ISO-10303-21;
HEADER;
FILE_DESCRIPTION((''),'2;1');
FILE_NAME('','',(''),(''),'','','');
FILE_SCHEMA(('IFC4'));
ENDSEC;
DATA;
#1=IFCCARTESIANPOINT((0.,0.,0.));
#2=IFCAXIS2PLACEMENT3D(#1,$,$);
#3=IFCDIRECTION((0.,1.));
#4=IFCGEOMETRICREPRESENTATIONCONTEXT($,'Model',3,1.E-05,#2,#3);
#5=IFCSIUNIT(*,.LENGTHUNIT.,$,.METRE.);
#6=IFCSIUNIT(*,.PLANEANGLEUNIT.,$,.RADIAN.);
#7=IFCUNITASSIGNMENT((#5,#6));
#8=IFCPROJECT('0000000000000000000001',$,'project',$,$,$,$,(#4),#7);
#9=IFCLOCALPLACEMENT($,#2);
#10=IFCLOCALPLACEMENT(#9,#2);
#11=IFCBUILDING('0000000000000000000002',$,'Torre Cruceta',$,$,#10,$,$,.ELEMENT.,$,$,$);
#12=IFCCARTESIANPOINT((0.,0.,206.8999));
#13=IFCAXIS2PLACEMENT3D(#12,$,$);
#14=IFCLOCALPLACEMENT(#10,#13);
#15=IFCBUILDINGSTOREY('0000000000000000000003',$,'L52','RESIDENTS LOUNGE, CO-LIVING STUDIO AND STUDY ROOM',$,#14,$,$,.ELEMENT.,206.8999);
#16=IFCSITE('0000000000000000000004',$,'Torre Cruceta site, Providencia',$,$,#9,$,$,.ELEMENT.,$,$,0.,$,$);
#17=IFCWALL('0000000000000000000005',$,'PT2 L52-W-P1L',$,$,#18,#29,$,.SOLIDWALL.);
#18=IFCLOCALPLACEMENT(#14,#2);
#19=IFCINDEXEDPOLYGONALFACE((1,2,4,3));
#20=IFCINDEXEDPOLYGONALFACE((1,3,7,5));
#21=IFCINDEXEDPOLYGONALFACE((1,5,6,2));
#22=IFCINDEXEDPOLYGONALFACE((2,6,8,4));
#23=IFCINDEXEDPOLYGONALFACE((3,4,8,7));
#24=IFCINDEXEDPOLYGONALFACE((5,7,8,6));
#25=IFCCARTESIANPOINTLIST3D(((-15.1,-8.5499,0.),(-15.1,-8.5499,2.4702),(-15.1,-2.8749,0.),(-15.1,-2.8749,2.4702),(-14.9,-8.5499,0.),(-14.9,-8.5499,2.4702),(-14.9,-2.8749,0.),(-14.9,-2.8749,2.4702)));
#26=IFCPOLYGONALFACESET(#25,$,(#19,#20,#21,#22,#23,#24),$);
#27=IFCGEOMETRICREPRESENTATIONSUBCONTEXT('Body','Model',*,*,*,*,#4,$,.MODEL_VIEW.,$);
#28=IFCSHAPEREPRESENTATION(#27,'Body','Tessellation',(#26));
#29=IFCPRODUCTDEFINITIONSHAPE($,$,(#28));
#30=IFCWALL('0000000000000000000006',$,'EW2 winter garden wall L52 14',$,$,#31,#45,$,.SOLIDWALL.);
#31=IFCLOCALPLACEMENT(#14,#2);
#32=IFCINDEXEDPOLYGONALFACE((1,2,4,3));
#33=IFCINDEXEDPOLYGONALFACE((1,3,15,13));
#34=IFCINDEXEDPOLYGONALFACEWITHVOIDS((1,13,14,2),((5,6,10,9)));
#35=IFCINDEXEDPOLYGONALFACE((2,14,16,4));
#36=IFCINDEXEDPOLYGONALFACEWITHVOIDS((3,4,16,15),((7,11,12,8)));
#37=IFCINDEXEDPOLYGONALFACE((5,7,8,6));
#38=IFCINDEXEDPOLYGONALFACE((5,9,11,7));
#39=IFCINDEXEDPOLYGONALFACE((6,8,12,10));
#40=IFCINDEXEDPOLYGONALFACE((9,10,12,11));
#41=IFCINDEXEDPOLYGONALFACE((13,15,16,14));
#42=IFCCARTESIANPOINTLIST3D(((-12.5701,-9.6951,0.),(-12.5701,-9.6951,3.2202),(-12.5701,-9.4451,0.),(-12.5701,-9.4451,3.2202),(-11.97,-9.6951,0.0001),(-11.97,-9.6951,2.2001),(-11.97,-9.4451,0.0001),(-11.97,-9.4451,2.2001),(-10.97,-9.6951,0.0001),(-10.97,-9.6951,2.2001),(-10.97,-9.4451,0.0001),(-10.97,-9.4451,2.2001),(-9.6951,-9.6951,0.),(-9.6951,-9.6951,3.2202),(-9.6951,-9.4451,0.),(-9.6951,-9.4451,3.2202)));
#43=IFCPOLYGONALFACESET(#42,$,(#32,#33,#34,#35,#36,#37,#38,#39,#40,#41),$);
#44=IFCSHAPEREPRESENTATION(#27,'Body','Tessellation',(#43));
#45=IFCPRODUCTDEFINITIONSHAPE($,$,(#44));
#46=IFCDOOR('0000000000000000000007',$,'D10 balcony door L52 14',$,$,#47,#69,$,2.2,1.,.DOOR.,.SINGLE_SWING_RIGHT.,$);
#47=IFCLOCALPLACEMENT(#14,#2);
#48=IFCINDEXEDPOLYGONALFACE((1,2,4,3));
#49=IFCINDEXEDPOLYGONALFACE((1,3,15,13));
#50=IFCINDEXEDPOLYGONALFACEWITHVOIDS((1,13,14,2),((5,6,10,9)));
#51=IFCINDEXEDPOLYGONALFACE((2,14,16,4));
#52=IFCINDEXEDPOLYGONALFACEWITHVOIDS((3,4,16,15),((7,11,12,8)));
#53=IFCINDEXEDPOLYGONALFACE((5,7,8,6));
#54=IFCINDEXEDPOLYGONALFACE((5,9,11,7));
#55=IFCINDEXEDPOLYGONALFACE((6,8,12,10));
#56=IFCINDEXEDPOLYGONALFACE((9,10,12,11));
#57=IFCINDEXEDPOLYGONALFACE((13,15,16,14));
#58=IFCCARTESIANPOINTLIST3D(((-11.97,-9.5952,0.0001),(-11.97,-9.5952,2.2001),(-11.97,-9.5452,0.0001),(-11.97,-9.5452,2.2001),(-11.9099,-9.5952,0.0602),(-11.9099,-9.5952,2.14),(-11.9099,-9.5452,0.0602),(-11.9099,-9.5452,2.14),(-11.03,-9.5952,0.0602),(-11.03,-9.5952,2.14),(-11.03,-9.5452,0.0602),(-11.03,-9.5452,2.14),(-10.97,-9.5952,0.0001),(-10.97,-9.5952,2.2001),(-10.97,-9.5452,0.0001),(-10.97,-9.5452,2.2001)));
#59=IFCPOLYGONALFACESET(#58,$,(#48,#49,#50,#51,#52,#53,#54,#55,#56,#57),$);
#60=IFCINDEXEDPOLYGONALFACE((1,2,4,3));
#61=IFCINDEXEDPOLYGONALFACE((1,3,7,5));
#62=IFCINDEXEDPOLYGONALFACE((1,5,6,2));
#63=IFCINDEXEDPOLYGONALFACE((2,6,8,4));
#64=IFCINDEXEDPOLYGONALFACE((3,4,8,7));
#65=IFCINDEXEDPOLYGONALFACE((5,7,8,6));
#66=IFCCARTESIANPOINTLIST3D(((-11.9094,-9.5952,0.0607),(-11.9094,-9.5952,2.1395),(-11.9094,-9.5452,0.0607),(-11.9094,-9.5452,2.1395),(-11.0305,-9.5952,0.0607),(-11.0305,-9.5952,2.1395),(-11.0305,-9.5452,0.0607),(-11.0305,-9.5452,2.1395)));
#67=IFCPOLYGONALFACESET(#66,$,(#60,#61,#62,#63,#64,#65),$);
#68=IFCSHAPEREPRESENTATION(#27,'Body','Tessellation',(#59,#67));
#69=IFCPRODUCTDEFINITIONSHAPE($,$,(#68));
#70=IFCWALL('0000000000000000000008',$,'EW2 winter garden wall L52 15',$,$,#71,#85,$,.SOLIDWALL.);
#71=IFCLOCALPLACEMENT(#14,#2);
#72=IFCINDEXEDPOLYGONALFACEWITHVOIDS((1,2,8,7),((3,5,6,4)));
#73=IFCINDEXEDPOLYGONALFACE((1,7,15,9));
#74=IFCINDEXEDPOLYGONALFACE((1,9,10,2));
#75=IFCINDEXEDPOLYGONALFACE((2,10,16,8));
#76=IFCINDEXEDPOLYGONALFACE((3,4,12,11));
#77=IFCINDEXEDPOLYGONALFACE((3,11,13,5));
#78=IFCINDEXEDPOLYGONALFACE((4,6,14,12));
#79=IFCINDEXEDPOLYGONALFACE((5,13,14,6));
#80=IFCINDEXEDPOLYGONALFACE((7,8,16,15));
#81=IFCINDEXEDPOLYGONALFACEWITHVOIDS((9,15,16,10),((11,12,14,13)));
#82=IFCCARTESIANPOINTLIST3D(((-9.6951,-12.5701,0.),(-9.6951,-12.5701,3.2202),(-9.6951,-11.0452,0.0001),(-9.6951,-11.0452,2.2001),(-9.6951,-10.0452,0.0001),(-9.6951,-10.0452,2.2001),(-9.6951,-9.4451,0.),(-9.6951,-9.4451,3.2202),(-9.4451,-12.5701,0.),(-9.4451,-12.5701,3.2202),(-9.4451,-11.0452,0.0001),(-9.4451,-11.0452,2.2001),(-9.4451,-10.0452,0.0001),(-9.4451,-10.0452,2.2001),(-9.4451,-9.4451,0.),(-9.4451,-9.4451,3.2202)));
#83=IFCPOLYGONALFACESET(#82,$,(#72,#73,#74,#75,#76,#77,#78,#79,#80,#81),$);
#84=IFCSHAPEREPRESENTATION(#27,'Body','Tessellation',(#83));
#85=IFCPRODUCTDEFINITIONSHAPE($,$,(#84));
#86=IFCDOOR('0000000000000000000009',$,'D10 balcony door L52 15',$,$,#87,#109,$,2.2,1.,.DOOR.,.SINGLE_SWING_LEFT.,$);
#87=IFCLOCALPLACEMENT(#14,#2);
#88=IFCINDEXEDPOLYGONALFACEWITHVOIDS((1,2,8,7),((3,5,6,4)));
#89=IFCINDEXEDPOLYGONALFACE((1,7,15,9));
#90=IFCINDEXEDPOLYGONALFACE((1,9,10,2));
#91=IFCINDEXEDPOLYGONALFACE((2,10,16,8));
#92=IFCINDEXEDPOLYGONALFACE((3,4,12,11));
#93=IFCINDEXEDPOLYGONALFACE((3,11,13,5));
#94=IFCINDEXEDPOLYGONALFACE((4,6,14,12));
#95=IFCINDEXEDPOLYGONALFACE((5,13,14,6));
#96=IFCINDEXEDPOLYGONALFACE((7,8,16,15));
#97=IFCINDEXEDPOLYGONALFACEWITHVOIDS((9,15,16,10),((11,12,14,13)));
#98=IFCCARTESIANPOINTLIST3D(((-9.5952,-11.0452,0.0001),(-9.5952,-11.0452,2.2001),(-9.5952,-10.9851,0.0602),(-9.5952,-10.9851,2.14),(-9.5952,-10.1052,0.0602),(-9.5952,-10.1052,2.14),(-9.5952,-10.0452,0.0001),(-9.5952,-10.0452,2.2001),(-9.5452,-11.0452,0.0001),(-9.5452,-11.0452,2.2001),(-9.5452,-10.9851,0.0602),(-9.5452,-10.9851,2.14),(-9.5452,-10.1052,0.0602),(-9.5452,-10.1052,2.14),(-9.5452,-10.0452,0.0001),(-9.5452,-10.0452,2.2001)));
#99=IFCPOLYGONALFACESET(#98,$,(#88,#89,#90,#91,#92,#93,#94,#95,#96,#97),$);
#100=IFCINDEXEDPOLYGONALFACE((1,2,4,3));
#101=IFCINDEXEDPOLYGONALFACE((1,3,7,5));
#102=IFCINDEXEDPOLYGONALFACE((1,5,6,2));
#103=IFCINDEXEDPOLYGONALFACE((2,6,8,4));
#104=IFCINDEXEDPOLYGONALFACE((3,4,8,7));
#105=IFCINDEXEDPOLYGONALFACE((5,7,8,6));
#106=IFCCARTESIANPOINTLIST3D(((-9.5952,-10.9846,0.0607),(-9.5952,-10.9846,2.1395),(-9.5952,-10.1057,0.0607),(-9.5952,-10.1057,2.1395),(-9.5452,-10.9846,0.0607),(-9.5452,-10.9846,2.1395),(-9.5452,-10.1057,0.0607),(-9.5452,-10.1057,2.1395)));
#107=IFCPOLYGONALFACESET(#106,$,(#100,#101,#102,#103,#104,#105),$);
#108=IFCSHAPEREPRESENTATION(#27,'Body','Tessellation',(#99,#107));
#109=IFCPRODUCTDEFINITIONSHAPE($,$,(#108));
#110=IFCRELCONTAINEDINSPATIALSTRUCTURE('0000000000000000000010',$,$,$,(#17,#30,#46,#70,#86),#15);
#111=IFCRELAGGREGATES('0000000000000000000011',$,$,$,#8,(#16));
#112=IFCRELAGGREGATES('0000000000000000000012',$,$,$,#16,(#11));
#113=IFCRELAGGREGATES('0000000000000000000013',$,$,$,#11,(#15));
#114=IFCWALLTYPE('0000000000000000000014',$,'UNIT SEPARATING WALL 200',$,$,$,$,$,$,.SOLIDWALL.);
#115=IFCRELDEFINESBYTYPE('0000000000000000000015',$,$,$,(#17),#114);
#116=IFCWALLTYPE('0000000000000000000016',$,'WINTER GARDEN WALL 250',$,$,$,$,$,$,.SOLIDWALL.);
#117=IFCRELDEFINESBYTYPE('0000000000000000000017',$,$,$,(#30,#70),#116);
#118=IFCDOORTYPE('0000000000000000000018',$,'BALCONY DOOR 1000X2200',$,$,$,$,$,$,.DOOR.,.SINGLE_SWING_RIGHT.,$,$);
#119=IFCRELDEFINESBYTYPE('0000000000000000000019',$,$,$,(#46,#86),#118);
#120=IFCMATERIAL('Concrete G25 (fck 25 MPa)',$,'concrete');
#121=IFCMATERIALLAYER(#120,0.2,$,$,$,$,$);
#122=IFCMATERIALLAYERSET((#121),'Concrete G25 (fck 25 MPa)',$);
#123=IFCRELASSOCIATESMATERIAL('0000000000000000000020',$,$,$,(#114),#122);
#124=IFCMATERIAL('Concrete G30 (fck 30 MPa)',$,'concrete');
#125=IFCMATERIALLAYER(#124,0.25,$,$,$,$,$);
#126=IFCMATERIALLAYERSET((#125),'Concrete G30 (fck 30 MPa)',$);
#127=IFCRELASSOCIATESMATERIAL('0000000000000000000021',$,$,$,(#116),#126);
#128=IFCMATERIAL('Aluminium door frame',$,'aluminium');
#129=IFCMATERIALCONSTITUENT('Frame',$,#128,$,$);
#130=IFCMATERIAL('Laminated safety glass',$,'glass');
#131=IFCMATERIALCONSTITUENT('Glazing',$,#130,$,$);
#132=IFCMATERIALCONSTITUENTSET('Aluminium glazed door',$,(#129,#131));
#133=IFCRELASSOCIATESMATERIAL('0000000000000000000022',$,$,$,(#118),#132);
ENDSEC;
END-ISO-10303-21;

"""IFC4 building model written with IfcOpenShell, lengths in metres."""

from ifc_helpers import new_model, si_unit, direction, frame, frame_2d, origin, place, context, subcontext, project, spatial, rectangle, hollow_rectangle, extrude, material, layer, layer_set, constituent, constituent_set, type_object, element, fill, save


model = new_model("IFC4")

# Units and contexts
model_context = context("Model", 3, precision=1e-05, world=origin(), true_north=direction((0.0, 1.0)))
body_context = subcontext(model_context, "Body", "Model", "MODEL_VIEW")
ifc_project = project(units=[si_unit("LENGTHUNIT", "METRE"), si_unit("PLANEANGLEUNIT", "RADIAN")], contexts=[model_context])

# Site, building, storey
site_placement = place(None, origin())
site = spatial("IfcSite", under=ifc_project, at=site_placement, Name="Torre Cruceta site, Providencia", CompositionType="ELEMENT", RefElevation=0.0)
building_placement = place(site_placement, origin())
building = spatial("IfcBuilding", under=site, at=building_placement, Name="Torre Cruceta", CompositionType="ELEMENT")
storey_placement = place(building_placement, frame((0.0, 0.0, 206.8999)))
storey = spatial("IfcBuildingStorey", under=building, at=storey_placement, Name="L52", Description="RESIDENTS LOUNGE, CO-LIVING STUDIO AND STUDY ROOM", CompositionType="ELEMENT", Elevation=206.8999)

# Wall
ifc_material_1 = material(Name="Concrete G25 (fck 25 MPa)", Category="concrete")
ifc_layer_1 = layer(ifc_material_1, 0.2)
ifc_layer_set_1 = layer_set([ifc_layer_1], Name="Concrete G25 (fck 25 MPa)")
wall_type_1 = type_object("IfcWallType", Name="UNIT SEPARATING WALL 200", PredefinedType="SOLIDWALL", material=ifc_layer_set_1)
wall_1_placement = place(storey_placement, frame((-15.0, -2.875, 0.0), z_axis=(0.0, 0.0, 1.0), x_axis=(0.0, -1.0, 0.0)))
element("IfcWall", 1, at=wall_1_placement, inside=storey, type_object=wall_type_1, Name="PT2 L52-W-P1L", PredefinedType="SOLIDWALL", context=body_context, shape_type="SweptSolid", body=[
    extrude(rectangle(XDim=5.675, YDim=0.2, at=frame_2d((2.8374, 0.0))), origin(), (0.0, 0.0, 1.0), 2.4702),
])

# Walls, openings, doors
ifc_material_2 = material(Name="Concrete G30 (fck 30 MPa)", Category="concrete")
ifc_layer_2 = layer(ifc_material_2, 0.25)
ifc_layer_set_2 = layer_set([ifc_layer_2], Name="Concrete G30 (fck 30 MPa)")
wall_type_2 = type_object("IfcWallType", Name="WINTER GARDEN WALL 250", PredefinedType="SOLIDWALL", material=ifc_layer_set_2)
wall_2_placement = place(storey_placement, frame((-12.5701, -9.5701, 0.0), z_axis=(0.0, 0.0, 1.0), x_axis=(1.0, 0.0, 0.0)))
wall_2 = element("IfcWall", 2, at=wall_2_placement, inside=storey, type_object=wall_type_2, Name="EW2 winter garden wall L52 14", PredefinedType="SOLIDWALL", context=body_context, shape_type="SweptSolid", body=[
    extrude(rectangle(XDim=2.875, YDim=0.25, at=frame_2d((1.4375, 0.0))), origin(), (0.0, 0.0, 1.0), 3.2202),
])
opening_1_placement = place(wall_2_placement, frame((0.6001, 0.0, 0.0)))
opening_1 = element("IfcOpeningElement", 3, at=opening_1_placement, cuts=wall_2, PredefinedType="OPENING", context=body_context, shape_type="SweptSolid", body=[
    extrude(rectangle(XDim=1.0, YDim=2.2, at=frame_2d((0.5, 1.1001))), frame((0.0, 0.135, 0.0), z_axis=(0.0, -1.0, 0.0), x_axis=(1.0, 0.0, 0.0)), (0.0, 0.0, 1.0), 0.27),
])
ifc_material_3 = material(Name="Aluminium door frame", Category="aluminium")
ifc_constituent_1 = constituent(ifc_material_3, Name="Frame")
ifc_material_4 = material(Name="Laminated safety glass", Category="glass")
ifc_constituent_2 = constituent(ifc_material_4, Name="Glazing")
ifc_constituent_set_1 = constituent_set(constituents=[ifc_constituent_1, ifc_constituent_2], Name="Aluminium glazed door")
door_type_1 = type_object("IfcDoorType", Name="BALCONY DOOR 1000X2200", OperationType="SINGLE_SWING_RIGHT", PredefinedType="DOOR", material=ifc_constituent_set_1)
door_1_placement = place(opening_1_placement, origin())
door_1 = element("IfcDoor", 4, at=door_1_placement, inside=storey, type_object=door_type_1, Name="D10 balcony door L52 14", OperationType="SINGLE_SWING_RIGHT", OverallHeight=2.2, OverallWidth=1.0, PredefinedType="DOOR", context=body_context, shape_type="SweptSolid", body=[
    extrude(hollow_rectangle(XDim=1.0, YDim=2.2, WallThickness=0.0601, at=frame_2d((0.5, 1.1001))), frame((0.0, 0.0249, 0.0), z_axis=(0.0, -1.0, 0.0), x_axis=(1.0, 0.0, 0.0)), (0.0, 0.0, 1.0), 0.05),
    extrude(rectangle(XDim=0.8789, YDim=2.0789, at=frame_2d((0.5, 1.1001))), frame((0.0, 0.0249, 0.0), z_axis=(0.0, -1.0, 0.0), x_axis=(1.0, 0.0, 0.0)), (0.0, 0.0, 1.0), 0.05),
])
fill(opening_1, door_1)
wall_3_placement = place(storey_placement, frame((-9.5701, -9.4451, 0.0), z_axis=(0.0, 0.0, 1.0), x_axis=(0.0, -1.0, 0.0)))
wall_3 = element("IfcWall", 5, at=wall_3_placement, inside=storey, type_object=wall_type_2, Name="EW2 winter garden wall L52 15", PredefinedType="SOLIDWALL", context=body_context, shape_type="SweptSolid", body=[
    extrude(rectangle(XDim=3.125, YDim=0.25, at=frame_2d((1.5625, 0.0))), origin(), (0.0, 0.0, 1.0), 3.2202),
])
opening_2_placement = place(wall_3_placement, frame((0.6001, 0.0, 0.0)))
opening_2 = element("IfcOpeningElement", 6, at=opening_2_placement, cuts=wall_3, PredefinedType="OPENING", context=body_context, shape_type="SweptSolid", body=[
    extrude(rectangle(XDim=1.0, YDim=2.2, at=frame_2d((0.5, 1.1001))), frame((0.0, 0.135, 0.0), z_axis=(0.0, -1.0, 0.0), x_axis=(1.0, 0.0, 0.0)), (0.0, 0.0, 1.0), 0.27),
])
door_2_placement = place(opening_2_placement, origin())
door_2 = element("IfcDoor", 7, at=door_2_placement, inside=storey, type_object=door_type_1, Name="D10 balcony door L52 15", OperationType="SINGLE_SWING_LEFT", OverallHeight=2.2, OverallWidth=1.0, PredefinedType="DOOR", context=body_context, shape_type="SweptSolid", body=[
    extrude(hollow_rectangle(XDim=1.0, YDim=2.2, WallThickness=0.0601, at=frame_2d((0.5, 1.1001))), frame((0.0, 0.0249, 0.0), z_axis=(0.0, -1.0, 0.0), x_axis=(1.0, 0.0, 0.0)), (0.0, 0.0, 1.0), 0.05),
    extrude(rectangle(XDim=0.8789, YDim=2.0789, at=frame_2d((0.5, 1.1001))), frame((0.0, 0.0249, 0.0), z_axis=(0.0, -1.0, 0.0), x_axis=(1.0, 0.0, 0.0)), (0.0, 0.0, 1.0), 0.05),
])
fill(opening_2, door_2)

save(model, "model.ifc")
